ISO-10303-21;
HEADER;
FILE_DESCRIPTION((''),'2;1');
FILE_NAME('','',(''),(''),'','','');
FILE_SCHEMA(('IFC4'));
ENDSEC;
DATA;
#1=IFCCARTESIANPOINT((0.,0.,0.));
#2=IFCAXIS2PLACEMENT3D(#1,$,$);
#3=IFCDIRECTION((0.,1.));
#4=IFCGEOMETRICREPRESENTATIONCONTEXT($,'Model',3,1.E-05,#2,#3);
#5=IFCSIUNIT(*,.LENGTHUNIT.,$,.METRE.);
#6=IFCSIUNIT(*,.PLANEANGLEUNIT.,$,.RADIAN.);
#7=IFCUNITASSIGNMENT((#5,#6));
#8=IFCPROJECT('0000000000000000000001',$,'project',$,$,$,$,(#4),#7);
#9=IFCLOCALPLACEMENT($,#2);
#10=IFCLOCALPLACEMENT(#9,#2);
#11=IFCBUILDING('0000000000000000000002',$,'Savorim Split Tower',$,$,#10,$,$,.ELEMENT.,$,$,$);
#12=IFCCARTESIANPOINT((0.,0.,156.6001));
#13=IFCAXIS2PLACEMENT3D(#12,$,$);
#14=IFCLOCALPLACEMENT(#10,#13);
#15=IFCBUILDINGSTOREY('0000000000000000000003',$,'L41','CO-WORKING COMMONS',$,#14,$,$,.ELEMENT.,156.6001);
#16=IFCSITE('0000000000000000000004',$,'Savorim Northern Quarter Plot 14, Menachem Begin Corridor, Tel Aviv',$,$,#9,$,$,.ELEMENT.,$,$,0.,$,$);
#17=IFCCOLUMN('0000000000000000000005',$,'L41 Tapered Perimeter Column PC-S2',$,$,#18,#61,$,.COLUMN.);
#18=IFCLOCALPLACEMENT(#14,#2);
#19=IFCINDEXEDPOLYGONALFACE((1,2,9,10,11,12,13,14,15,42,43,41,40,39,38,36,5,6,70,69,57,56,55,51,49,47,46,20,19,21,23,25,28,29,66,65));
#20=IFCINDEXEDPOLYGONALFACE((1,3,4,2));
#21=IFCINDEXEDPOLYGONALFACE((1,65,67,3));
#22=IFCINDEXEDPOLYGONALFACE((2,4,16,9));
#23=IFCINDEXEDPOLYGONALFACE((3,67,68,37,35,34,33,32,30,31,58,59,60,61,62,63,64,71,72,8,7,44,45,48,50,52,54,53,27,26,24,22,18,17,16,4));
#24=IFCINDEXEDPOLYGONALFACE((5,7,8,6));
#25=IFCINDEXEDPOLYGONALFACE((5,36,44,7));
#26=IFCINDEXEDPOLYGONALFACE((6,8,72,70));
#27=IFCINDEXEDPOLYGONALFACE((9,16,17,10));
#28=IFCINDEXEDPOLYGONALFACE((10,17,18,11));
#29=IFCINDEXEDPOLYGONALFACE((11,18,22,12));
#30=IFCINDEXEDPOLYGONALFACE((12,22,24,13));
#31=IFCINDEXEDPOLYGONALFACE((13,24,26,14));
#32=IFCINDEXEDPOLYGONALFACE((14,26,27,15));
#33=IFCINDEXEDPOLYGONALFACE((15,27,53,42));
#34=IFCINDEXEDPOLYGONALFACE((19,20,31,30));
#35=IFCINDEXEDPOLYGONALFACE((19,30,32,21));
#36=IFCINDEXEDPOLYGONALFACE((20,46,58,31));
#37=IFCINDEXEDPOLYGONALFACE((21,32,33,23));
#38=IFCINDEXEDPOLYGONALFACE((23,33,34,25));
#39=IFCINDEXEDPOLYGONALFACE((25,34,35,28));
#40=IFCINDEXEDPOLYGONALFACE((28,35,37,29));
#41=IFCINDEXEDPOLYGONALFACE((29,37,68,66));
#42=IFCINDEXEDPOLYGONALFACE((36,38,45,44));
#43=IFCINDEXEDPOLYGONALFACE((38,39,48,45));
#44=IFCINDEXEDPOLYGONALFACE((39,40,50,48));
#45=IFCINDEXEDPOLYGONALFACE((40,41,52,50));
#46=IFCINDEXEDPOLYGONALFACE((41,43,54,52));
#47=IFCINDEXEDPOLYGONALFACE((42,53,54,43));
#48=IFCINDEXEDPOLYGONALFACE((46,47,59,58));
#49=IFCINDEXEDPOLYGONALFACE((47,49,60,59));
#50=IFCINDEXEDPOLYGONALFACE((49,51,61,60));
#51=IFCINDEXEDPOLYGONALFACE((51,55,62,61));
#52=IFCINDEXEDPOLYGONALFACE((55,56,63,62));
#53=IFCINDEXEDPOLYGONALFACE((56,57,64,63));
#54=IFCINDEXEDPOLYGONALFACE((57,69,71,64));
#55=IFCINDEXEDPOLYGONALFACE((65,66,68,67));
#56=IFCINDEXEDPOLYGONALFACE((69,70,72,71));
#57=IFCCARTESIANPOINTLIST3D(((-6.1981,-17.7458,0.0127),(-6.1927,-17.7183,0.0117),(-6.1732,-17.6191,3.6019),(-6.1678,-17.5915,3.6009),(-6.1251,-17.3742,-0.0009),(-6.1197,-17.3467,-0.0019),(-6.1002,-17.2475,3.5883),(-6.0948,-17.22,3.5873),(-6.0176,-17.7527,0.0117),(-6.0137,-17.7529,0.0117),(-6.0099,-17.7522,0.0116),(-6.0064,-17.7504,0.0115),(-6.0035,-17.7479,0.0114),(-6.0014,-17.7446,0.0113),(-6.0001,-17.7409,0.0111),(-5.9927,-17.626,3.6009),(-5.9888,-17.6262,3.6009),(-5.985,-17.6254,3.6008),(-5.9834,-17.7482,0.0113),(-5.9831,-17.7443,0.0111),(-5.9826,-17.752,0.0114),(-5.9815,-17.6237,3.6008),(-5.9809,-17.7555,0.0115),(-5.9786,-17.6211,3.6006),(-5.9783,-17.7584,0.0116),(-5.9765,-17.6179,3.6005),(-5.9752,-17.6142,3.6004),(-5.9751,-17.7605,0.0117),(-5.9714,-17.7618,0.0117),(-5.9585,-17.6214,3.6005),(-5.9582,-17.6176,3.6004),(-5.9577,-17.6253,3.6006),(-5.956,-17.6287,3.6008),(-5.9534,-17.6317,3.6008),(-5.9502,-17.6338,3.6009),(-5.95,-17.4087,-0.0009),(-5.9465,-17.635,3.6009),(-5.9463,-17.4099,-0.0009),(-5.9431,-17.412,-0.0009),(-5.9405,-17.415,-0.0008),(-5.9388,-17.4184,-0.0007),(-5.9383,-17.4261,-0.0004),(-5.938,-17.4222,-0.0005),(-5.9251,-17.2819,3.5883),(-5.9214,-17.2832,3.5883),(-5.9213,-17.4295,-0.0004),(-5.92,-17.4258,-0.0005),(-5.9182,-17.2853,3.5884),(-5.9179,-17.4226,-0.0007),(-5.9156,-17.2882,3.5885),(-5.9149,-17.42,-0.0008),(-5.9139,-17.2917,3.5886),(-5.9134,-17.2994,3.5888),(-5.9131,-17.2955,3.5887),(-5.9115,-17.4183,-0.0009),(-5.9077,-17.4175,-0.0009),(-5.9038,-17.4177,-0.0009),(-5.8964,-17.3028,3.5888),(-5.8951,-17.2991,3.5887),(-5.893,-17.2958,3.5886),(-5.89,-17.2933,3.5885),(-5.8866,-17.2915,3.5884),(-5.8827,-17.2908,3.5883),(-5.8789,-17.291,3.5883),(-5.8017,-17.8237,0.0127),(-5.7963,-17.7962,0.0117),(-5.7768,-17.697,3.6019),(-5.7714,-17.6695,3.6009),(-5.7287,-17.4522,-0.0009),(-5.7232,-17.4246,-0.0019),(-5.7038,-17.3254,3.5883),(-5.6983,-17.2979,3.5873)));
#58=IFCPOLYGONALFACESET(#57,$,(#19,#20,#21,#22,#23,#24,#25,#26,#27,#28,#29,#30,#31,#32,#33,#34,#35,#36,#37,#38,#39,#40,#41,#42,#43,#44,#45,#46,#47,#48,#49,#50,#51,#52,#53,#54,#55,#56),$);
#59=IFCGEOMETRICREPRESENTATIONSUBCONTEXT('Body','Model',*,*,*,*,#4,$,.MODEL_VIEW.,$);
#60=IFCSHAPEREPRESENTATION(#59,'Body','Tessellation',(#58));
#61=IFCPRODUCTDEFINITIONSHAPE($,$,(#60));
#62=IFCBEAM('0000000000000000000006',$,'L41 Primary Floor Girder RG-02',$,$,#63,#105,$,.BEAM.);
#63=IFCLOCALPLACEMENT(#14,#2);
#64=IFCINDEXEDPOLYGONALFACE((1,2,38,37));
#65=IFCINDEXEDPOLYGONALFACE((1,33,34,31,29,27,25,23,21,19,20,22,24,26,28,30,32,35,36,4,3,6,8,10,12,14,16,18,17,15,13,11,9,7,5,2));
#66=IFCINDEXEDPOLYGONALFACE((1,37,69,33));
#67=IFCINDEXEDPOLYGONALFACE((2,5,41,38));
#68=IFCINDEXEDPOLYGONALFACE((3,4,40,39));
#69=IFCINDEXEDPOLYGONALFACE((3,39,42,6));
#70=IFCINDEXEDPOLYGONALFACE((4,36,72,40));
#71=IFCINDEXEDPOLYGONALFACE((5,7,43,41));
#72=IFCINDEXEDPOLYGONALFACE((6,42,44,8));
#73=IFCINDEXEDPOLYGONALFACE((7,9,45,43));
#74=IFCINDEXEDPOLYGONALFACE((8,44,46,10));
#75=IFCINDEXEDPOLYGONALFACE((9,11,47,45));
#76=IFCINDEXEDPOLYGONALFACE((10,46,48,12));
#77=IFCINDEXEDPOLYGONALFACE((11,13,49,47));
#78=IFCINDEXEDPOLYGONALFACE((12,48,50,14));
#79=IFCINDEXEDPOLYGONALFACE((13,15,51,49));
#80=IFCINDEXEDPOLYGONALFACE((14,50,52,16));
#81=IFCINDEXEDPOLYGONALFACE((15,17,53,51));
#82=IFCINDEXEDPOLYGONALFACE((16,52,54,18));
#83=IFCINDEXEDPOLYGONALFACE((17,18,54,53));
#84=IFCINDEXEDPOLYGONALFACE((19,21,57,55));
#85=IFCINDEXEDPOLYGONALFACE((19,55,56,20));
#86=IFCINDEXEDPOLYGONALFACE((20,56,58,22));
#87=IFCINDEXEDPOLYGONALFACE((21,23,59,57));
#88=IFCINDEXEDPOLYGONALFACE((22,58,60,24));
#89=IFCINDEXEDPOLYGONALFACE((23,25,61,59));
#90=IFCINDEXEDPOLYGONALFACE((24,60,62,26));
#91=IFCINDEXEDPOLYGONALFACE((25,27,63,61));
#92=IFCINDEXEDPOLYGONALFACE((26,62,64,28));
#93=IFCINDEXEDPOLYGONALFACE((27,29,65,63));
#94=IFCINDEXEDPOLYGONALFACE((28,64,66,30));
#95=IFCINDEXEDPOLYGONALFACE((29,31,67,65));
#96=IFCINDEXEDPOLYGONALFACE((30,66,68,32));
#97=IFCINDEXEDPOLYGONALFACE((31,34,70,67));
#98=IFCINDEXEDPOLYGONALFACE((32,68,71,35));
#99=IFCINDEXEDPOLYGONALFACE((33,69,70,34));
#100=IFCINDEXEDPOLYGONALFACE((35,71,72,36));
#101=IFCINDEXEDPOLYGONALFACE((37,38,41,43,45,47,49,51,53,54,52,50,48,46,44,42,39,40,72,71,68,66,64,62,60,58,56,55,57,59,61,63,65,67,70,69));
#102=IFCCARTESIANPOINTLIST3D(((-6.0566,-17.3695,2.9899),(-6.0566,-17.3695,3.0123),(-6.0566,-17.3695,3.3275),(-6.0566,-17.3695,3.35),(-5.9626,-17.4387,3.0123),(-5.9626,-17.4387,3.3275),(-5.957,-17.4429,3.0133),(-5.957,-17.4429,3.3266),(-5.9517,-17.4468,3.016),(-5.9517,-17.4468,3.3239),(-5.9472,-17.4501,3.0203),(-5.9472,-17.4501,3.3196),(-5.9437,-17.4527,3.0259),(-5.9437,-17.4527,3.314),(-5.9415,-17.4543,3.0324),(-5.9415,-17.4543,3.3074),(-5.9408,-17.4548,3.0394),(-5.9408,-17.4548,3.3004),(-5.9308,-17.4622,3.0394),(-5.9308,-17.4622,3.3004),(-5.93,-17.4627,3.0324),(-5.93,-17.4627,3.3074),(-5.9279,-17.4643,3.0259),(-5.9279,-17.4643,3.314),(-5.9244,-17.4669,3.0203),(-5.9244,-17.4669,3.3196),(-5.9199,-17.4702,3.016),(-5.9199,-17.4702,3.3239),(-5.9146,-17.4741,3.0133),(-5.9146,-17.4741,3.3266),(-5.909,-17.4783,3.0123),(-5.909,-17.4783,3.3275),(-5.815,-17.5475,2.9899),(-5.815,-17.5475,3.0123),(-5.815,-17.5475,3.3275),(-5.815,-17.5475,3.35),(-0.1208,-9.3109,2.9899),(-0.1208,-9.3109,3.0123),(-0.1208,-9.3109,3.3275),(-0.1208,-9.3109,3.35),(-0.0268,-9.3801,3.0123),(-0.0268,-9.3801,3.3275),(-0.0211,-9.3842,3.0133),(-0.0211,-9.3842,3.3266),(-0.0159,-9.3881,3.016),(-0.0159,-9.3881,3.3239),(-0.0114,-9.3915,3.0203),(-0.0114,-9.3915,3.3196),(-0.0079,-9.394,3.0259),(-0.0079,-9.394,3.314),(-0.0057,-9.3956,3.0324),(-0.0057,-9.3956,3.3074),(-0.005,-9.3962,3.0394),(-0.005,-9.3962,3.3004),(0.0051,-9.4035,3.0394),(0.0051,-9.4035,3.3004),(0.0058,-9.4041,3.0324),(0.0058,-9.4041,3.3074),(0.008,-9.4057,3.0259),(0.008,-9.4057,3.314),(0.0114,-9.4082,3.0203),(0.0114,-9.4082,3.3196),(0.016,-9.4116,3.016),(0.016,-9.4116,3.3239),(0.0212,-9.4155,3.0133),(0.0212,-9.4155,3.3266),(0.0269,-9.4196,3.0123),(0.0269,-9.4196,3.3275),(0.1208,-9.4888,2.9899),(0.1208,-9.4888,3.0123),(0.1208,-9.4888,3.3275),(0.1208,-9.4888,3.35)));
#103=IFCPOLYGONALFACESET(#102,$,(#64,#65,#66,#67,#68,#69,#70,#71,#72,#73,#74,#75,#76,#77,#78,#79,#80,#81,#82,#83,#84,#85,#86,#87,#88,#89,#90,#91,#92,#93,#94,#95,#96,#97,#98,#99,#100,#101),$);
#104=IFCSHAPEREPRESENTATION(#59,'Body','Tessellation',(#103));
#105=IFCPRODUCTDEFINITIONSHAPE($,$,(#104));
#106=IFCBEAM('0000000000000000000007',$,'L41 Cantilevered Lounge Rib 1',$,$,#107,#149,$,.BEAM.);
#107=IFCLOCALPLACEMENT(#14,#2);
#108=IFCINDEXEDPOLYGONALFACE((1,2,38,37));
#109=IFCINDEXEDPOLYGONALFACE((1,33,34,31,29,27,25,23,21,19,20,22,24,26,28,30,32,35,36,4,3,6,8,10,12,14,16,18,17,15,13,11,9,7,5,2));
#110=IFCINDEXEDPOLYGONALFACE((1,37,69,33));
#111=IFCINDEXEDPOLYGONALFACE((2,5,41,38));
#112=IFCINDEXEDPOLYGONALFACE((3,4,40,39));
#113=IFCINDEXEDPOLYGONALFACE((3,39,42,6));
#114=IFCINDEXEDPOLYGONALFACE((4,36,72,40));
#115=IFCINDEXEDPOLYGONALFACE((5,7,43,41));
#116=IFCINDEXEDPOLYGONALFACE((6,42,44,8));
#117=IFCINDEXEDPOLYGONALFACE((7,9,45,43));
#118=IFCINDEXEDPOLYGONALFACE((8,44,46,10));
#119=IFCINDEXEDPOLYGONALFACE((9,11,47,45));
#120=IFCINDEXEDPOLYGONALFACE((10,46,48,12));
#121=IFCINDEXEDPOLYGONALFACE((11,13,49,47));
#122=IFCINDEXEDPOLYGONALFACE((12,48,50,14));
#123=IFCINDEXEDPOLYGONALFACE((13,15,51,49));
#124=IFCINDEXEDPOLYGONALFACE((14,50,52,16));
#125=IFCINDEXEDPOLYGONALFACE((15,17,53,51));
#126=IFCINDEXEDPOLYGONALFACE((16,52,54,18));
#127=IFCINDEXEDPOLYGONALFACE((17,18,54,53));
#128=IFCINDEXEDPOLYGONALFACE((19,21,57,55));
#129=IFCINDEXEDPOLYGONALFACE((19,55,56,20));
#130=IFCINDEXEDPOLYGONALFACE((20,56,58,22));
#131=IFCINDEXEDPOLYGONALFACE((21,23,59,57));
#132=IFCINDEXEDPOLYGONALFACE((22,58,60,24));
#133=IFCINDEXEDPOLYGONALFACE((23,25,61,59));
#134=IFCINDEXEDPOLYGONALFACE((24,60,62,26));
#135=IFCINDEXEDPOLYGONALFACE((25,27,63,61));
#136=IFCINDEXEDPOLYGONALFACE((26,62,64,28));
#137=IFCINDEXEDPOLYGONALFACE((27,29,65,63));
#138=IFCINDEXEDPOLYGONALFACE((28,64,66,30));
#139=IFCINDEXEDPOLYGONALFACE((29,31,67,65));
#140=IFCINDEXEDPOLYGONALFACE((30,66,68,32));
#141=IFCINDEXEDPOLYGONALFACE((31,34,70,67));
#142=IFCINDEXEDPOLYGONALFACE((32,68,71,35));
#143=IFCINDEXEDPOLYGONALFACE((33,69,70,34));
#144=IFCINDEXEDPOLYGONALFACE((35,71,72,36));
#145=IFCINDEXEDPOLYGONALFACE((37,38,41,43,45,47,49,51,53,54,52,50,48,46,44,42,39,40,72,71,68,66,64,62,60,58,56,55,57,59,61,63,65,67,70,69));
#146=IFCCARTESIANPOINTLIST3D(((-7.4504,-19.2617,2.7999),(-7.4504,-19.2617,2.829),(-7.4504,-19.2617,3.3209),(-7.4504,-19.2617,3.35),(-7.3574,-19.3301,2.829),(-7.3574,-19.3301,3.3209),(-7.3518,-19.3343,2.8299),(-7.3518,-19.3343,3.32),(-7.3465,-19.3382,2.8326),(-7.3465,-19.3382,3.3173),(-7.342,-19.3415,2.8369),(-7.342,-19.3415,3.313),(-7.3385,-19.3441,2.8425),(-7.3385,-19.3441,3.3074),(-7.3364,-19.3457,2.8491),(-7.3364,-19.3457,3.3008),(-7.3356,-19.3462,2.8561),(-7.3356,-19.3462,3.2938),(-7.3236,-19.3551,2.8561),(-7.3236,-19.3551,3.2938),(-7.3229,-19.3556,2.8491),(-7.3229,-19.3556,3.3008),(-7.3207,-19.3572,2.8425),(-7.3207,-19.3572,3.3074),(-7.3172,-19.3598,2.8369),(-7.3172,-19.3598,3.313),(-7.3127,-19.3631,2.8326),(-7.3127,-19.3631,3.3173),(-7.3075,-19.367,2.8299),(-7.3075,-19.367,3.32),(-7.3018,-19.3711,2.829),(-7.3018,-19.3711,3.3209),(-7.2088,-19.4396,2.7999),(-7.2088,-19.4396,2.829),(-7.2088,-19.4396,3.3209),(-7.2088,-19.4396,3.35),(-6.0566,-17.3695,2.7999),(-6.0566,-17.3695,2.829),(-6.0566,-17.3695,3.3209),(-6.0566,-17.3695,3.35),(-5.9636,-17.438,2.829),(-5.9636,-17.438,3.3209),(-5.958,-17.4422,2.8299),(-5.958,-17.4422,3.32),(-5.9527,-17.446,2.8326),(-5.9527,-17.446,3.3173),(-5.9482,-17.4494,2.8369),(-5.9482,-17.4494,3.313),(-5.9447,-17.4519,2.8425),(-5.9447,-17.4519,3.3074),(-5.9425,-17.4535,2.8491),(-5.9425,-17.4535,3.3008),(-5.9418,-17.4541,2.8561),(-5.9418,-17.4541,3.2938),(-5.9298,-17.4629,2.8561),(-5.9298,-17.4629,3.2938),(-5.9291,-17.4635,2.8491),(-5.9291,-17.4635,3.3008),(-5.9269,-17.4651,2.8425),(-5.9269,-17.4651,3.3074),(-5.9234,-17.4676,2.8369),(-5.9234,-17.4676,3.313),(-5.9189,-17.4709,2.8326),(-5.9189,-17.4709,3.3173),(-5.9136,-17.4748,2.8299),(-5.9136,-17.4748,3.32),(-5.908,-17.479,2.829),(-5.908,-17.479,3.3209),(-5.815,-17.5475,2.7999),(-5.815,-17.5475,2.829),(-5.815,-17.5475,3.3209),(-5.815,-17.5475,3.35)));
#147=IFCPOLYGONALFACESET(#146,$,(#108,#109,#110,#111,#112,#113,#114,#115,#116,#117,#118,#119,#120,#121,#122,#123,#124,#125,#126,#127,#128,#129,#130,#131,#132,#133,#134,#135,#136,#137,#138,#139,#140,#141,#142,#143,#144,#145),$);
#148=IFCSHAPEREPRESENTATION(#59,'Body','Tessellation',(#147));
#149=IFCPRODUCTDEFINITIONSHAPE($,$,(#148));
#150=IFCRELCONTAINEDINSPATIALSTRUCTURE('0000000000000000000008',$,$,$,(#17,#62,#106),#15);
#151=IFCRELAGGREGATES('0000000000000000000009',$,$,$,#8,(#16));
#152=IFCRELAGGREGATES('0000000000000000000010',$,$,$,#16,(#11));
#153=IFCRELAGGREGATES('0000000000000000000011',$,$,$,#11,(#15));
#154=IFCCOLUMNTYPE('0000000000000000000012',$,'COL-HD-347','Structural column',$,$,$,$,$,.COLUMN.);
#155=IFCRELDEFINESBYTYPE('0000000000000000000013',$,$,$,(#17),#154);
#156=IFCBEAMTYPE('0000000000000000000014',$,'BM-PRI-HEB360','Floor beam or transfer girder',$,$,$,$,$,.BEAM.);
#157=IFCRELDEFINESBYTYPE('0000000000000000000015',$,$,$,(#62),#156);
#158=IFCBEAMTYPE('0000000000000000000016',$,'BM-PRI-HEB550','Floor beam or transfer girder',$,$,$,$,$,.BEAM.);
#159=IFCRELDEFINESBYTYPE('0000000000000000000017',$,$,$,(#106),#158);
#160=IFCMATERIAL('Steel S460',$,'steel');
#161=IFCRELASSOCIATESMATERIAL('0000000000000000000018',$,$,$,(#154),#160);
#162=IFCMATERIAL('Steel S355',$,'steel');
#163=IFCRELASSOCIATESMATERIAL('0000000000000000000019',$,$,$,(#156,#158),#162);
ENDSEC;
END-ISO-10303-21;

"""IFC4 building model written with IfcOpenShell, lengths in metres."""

from ifc_helpers import new_model, si_unit, direction, frame, origin, origin_2d, place, context, subcontext, project, spatial, i_section, extrude, material, material_profile, profile_set, type_object, element, save


model = new_model("IFC4")

# Units and contexts
model_context = context("Model", 3, precision=1e-05, world=origin(), true_north=direction((0.0, 1.0)))
body_context = subcontext(model_context, "Body", "Model", "MODEL_VIEW")
ifc_project = project(units=[si_unit("LENGTHUNIT", "METRE"), si_unit("PLANEANGLEUNIT", "RADIAN")], contexts=[model_context])

# Site, building, storey
site_placement = place(None, origin())
site = spatial("IfcSite", under=ifc_project, at=site_placement, Name="Savorim Northern Quarter Plot 14, Menachem Begin Corridor, Tel Aviv", CompositionType="ELEMENT", RefElevation=0.0)
building_placement = place(site_placement, origin())
building = spatial("IfcBuilding", under=site, at=building_placement, Name="Savorim Split Tower", CompositionType="ELEMENT")
storey_placement = place(building_placement, frame((0.0, 0.0, 156.6001)))
storey = spatial("IfcBuildingStorey", under=building, at=storey_placement, Name="L41", Description="CO-WORKING COMMONS", CompositionType="ELEMENT", Elevation=156.6001)

# Column
ifc_material_1 = material(Name="Steel S460", Category="steel")
ifc_material_profile_1 = material_profile(ifc_material_1, i_section(OverallWidth=0.4041, OverallDepth=0.407, WebThickness=0.0173, FlangeThickness=0.0281, FilletRadius=0.0149, at=origin_2d()), Name="HD 400x347")
ifc_profile_set_1 = profile_set([ifc_material_profile_1], Name="Steel S460")
column_type = type_object("IfcColumnType", Name="COL-HD-347", Description="Structural column", PredefinedType="COLUMN", material=ifc_profile_set_1)
column_placement = place(storey_placement, frame((-5.9607, -17.5852, 0.0054), z_axis=(0.006934, 0.035281, 0.999353), x_axis=(-0.98123, 0.192843, 0.0)))
element("IfcColumn", 1, at=column_placement, inside=storey, type_object=column_type, Name="L41 Tapered Perimeter Column PC-S2", PredefinedType="COLUMN", context=body_context, shape_type="SweptSolid", body=[
    extrude(i_section(OverallWidth=0.4041, OverallDepth=0.407, WebThickness=0.0173, FlangeThickness=0.0281, FilletRadius=0.0149, at=origin_2d()), origin(), (0.0, 0.0, 1.0), 3.5916),
])

# Beams
ifc_material_2 = material(Name="Steel S355", Category="steel")
ifc_material_profile_2 = material_profile(ifc_material_2, i_section(OverallWidth=0.3, OverallDepth=0.3601, WebThickness=0.0125, FlangeThickness=0.0225, FilletRadius=0.0271, at=origin_2d()), Name="HEB 360")
ifc_profile_set_2 = profile_set([ifc_material_profile_2], Name="Steel S355")
beam_type_1 = type_object("IfcBeamType", Name="BM-PRI-HEB360", Description="Floor beam or transfer girder", PredefinedType="BEAM", material=ifc_profile_set_2)
beam_1_placement = place(storey_placement, frame((-5.9358, -17.4585, 3.1699), z_axis=(0.593062, 0.805157, 0.0), x_axis=(-0.805157, 0.593062, 0.0)))
element("IfcBeam", 2, at=beam_1_placement, inside=storey, type_object=beam_type_1, Name="L41 Primary Floor Girder RG-02", PredefinedType="BEAM", context=body_context, shape_type="SweptSolid", body=[
    extrude(i_section(OverallWidth=0.3, OverallDepth=0.3601, WebThickness=0.0125, FlangeThickness=0.0225, FilletRadius=0.0271, at=origin_2d()), origin(), (0.0, 0.0, 1.0), 10.0088),
])
ifc_material_profile_3 = material_profile(ifc_material_2, i_section(OverallWidth=0.3, OverallDepth=0.55, WebThickness=0.0149, FlangeThickness=0.0291, FilletRadius=0.0271, at=origin_2d()), Name="HEB 550")
ifc_profile_set_3 = profile_set([ifc_material_profile_3], Name="Steel S355")
beam_type_2 = type_object("IfcBeamType", Name="BM-PRI-HEB550", Description="Floor beam or transfer girder", PredefinedType="BEAM", material=ifc_profile_set_3)
beam_2_placement = place(storey_placement, frame((-5.9358, -17.4585, 3.075), z_axis=(-0.593096, -0.805132, 0.0), x_axis=(0.805132, -0.593096, 0.0)))
element("IfcBeam", 3, at=beam_2_placement, inside=storey, type_object=beam_type_2, Name="L41 Cantilevered Lounge Rib 1", PredefinedType="BEAM", context=body_context, shape_type="SweptSolid", body=[
    extrude(i_section(OverallWidth=0.3, OverallDepth=0.55, WebThickness=0.0149, FlangeThickness=0.0291, FilletRadius=0.0271, at=origin_2d()), origin(), (0.0, 0.0, 1.0), 2.3501),
])

save(model, "model.ifc")
